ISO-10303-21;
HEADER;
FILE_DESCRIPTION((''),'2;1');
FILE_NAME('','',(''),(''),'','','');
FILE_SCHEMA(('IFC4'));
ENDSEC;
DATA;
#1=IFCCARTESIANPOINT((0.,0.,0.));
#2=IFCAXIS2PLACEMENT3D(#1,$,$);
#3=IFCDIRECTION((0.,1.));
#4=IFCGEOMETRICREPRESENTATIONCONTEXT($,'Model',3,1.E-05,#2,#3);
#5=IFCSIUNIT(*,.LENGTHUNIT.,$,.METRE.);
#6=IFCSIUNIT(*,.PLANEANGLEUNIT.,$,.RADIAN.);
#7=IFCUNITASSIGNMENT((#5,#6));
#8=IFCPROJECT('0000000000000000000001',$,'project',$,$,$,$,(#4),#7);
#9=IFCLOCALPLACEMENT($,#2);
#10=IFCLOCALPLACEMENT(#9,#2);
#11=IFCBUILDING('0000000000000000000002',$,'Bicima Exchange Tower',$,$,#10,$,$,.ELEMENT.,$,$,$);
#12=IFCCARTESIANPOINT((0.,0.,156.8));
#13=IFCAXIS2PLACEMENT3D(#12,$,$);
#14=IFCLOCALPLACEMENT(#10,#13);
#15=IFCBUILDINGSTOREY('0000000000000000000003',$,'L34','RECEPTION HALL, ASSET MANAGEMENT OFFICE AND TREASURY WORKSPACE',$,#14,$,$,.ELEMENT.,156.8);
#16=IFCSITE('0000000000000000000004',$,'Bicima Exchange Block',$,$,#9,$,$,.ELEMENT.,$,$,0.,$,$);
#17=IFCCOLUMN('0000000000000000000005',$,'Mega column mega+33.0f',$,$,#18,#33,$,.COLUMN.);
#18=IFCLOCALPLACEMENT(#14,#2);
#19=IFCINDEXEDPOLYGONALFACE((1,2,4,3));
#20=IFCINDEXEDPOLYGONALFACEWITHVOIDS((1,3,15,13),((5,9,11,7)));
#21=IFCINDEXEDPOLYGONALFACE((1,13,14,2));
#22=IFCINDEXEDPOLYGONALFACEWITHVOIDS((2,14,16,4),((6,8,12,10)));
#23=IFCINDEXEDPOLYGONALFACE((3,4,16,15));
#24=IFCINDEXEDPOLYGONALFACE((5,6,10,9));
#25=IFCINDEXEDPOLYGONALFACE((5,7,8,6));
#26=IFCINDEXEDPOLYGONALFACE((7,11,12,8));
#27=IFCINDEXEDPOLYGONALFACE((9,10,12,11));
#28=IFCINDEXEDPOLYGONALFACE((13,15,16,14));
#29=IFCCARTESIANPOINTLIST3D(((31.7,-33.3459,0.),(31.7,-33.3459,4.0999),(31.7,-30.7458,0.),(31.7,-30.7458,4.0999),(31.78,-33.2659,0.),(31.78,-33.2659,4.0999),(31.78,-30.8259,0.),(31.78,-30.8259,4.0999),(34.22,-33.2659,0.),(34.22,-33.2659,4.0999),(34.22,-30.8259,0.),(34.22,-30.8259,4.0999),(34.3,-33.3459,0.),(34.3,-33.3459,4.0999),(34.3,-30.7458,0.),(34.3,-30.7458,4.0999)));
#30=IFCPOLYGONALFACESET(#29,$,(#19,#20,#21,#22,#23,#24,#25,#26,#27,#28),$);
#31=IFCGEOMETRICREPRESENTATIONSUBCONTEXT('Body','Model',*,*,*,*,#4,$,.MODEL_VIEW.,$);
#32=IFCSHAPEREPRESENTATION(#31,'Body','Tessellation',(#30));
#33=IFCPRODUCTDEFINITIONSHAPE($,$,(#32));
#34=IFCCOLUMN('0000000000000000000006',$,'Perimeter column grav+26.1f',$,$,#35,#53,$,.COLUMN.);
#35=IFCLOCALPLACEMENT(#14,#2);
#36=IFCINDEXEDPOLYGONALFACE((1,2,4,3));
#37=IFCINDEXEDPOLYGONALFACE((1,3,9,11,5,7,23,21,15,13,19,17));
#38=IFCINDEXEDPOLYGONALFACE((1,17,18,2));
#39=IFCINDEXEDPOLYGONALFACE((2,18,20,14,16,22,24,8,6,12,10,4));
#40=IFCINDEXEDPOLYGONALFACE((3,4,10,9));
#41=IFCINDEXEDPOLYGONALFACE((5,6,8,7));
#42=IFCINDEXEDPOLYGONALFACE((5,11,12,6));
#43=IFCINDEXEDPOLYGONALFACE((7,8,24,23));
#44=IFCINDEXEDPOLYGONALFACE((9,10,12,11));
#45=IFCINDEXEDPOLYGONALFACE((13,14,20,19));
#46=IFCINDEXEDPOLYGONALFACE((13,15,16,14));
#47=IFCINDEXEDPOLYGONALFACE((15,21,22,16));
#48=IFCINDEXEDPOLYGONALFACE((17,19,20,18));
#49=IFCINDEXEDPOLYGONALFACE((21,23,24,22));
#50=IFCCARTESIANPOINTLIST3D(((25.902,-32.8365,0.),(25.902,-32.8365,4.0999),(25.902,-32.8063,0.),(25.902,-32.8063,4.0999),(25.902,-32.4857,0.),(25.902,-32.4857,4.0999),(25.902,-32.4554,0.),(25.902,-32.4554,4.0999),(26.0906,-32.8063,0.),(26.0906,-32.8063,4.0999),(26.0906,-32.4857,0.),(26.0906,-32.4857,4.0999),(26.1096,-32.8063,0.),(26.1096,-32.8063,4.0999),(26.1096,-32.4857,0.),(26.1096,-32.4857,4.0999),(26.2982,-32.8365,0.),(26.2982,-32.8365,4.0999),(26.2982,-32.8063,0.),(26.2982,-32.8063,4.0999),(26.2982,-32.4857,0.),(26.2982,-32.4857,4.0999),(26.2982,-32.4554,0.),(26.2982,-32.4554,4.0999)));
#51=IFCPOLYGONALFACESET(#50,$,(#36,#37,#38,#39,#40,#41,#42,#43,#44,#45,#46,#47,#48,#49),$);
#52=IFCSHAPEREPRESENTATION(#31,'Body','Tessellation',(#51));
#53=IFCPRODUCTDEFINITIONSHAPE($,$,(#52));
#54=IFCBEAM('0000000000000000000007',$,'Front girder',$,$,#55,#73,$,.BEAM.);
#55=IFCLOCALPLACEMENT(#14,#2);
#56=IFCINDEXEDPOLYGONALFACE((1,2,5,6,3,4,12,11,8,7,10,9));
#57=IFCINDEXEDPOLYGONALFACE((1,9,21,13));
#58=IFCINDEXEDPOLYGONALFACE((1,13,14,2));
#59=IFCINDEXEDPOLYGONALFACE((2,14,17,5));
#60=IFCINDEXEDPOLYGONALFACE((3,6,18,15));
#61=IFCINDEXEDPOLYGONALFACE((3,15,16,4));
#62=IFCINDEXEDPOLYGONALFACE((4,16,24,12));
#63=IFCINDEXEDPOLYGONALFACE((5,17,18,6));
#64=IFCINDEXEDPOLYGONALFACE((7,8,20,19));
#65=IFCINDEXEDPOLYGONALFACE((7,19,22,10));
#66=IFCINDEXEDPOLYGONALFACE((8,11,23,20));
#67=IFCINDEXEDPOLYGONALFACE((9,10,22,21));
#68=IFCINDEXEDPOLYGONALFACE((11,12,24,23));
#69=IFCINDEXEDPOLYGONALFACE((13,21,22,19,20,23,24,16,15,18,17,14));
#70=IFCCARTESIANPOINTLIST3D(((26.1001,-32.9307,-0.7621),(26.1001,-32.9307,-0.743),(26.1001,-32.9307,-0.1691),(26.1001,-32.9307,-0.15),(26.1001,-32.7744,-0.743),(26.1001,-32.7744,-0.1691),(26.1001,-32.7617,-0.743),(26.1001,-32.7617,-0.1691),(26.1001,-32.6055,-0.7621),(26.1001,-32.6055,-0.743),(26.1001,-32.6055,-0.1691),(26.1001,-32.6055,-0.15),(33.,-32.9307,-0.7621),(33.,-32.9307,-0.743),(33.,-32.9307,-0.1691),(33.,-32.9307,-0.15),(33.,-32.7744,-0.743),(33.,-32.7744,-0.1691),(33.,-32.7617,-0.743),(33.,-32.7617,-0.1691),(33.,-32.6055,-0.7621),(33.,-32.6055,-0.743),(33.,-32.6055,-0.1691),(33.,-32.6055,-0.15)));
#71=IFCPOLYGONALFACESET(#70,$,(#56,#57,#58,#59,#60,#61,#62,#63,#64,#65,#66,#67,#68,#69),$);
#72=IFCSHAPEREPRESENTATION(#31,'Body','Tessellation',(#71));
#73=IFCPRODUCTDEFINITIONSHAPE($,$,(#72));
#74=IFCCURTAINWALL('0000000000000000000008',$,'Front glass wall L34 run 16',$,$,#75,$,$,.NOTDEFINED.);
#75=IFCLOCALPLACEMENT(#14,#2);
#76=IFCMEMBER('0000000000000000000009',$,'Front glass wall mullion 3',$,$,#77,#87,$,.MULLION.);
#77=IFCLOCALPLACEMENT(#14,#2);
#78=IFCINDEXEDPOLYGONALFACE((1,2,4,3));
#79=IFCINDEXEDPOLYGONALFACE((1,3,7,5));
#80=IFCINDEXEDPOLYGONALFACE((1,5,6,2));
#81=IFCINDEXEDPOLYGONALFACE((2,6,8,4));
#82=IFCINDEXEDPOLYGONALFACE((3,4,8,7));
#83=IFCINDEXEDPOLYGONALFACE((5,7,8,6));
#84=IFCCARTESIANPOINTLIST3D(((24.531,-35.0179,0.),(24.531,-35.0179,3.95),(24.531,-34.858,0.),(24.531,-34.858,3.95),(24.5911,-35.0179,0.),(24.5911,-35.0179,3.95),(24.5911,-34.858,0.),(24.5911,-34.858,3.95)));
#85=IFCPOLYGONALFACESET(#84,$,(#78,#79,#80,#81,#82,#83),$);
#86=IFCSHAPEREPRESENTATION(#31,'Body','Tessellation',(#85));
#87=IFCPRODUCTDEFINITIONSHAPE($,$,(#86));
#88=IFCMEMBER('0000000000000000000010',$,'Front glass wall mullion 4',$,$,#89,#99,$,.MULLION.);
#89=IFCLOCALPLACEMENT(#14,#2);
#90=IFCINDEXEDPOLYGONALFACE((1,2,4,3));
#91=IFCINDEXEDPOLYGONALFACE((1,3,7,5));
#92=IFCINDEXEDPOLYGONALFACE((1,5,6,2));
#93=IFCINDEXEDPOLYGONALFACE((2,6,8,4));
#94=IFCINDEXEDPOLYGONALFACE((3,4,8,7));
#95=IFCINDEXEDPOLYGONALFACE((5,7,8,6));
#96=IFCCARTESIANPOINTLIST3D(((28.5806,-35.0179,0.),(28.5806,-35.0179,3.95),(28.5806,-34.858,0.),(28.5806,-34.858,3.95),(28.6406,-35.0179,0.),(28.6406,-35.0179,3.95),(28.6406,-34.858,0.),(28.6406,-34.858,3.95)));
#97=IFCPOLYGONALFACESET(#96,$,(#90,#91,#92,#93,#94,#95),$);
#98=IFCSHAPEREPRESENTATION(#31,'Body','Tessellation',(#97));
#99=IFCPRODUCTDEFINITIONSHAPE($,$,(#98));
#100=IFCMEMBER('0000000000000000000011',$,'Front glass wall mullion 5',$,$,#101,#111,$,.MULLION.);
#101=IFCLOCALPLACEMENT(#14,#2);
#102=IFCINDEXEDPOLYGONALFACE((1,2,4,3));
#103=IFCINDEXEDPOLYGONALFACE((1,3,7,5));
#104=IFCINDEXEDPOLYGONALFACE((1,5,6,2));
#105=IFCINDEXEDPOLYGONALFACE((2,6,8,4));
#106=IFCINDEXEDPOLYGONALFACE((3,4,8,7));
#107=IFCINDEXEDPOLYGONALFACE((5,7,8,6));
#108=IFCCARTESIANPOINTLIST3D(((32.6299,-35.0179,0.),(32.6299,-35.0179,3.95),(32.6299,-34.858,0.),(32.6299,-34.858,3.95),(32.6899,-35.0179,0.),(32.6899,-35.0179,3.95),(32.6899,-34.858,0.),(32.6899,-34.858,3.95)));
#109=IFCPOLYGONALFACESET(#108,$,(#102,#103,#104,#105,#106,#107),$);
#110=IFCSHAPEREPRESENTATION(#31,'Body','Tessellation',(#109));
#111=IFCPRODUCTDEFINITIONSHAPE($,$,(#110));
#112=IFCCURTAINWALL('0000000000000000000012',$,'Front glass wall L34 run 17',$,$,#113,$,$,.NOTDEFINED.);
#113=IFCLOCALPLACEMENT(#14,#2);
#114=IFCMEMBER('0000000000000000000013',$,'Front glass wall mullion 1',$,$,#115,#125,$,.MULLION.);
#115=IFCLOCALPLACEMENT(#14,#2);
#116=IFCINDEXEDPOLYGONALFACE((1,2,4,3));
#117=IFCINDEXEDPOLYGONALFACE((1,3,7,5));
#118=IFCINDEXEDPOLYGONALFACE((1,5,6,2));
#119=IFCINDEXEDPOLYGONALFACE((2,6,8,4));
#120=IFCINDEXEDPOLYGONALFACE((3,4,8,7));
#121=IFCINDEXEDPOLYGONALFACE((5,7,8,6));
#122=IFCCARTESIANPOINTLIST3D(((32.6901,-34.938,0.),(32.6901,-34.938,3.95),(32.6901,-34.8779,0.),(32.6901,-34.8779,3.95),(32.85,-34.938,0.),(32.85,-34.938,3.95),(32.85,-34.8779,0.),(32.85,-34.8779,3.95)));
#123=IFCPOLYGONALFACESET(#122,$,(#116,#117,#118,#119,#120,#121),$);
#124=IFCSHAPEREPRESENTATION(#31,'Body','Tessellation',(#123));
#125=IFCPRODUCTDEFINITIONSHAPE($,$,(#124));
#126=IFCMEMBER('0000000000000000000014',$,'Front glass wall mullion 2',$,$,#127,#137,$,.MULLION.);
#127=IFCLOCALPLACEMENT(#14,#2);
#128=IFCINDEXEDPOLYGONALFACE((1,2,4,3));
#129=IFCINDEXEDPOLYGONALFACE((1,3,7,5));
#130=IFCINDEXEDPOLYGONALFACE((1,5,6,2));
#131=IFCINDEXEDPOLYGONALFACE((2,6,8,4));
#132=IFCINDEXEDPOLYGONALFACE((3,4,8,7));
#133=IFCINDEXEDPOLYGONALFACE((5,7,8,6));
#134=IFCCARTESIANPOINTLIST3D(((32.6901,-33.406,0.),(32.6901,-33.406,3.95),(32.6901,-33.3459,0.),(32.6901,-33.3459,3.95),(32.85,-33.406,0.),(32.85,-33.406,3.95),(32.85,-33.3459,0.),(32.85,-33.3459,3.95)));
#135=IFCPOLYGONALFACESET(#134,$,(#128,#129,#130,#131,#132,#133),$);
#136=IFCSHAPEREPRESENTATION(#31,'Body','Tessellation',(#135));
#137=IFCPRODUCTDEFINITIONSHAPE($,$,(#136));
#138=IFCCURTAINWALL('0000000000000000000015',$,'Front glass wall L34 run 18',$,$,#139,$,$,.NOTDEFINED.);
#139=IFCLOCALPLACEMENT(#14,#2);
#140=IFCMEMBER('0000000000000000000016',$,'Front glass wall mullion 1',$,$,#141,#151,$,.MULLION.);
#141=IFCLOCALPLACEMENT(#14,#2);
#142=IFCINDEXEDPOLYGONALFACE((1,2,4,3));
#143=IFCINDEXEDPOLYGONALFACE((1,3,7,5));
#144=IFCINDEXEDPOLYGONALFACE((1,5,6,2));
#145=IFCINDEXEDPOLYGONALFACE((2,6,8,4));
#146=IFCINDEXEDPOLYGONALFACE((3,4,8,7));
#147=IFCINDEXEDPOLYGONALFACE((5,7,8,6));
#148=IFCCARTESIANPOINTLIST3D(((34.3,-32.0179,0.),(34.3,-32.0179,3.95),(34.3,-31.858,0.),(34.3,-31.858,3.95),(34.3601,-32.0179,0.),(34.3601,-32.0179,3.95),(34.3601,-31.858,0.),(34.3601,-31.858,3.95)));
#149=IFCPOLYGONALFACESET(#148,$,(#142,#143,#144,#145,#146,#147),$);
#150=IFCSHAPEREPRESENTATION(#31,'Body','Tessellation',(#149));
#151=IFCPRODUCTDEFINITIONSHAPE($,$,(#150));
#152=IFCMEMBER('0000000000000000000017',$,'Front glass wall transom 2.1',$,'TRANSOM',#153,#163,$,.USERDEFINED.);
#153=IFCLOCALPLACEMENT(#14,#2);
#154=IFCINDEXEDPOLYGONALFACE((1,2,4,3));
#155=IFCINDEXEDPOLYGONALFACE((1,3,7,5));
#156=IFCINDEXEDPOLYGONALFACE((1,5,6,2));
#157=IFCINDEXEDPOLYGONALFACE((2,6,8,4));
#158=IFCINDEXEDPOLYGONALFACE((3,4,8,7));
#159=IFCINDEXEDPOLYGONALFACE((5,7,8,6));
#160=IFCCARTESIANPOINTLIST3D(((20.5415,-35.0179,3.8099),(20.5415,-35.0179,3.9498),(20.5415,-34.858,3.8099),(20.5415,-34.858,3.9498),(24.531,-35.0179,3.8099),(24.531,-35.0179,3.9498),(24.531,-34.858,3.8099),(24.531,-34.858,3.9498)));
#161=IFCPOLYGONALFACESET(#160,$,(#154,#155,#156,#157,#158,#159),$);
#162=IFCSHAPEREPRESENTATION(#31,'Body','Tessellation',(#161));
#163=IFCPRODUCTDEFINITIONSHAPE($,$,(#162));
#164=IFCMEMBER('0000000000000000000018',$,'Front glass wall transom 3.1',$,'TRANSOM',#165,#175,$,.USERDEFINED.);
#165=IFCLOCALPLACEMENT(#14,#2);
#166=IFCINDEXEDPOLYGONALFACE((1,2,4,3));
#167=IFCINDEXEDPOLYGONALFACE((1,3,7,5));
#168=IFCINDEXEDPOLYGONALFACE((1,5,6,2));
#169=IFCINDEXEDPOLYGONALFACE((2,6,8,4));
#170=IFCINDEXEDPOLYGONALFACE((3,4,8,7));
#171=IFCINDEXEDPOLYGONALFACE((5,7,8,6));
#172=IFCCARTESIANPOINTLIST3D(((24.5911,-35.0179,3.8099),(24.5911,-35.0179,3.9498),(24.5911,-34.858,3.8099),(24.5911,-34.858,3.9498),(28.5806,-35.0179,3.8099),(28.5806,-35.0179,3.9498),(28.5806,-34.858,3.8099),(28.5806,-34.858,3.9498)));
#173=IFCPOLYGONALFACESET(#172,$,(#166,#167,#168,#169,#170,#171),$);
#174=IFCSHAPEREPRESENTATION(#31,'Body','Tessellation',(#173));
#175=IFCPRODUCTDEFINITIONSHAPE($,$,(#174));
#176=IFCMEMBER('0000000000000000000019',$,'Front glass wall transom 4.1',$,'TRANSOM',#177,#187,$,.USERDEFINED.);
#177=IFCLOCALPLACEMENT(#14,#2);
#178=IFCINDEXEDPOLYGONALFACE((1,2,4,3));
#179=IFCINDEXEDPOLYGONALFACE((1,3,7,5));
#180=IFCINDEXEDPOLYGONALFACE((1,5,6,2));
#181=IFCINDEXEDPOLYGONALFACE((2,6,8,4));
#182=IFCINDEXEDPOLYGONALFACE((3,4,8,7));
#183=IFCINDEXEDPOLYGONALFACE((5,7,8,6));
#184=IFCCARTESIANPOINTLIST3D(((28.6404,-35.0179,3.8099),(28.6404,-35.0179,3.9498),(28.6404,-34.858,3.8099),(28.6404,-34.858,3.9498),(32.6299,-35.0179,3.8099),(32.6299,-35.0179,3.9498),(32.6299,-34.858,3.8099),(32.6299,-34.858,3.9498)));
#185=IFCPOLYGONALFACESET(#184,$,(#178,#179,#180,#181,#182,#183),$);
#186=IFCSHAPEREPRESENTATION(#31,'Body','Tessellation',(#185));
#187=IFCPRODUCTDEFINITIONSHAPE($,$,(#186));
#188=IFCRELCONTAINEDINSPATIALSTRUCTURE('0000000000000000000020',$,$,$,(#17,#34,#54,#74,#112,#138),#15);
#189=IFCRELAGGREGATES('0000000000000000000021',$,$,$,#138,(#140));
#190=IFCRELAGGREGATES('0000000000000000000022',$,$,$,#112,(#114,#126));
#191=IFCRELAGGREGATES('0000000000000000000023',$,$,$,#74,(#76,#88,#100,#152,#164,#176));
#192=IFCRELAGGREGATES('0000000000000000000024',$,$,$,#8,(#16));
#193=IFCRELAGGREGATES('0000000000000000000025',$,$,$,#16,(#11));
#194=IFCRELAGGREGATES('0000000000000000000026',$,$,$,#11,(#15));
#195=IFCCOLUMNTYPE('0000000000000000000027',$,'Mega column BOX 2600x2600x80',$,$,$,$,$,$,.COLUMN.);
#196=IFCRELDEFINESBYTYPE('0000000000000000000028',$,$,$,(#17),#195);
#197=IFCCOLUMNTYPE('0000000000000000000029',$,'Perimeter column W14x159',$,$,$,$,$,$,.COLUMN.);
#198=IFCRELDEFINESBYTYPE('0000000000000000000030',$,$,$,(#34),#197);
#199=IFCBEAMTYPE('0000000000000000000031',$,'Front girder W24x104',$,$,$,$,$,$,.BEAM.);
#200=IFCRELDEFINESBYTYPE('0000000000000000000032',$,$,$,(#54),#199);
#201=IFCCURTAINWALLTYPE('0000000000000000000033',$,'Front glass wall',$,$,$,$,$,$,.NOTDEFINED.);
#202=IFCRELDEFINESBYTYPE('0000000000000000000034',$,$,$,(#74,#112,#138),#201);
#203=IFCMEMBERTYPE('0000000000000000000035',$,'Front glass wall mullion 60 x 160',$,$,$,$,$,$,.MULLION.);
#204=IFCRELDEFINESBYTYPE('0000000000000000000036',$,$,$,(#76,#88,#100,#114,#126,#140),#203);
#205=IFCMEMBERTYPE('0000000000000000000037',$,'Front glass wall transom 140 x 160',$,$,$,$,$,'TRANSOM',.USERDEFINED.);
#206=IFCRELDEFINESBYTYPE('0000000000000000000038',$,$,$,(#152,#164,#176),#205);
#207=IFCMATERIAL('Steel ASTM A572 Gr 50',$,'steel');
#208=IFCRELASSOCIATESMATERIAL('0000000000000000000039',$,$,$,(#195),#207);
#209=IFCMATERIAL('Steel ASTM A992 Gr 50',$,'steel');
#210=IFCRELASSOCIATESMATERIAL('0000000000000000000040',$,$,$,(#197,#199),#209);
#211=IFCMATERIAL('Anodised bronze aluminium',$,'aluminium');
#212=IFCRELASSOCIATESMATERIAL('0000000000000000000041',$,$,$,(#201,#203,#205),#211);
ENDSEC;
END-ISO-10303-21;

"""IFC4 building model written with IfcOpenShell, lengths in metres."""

from ifc_helpers import new_model, si_unit, direction, frame, origin, origin_2d, place, context, subcontext, project, spatial, rectangle, hollow_rectangle, i_section, extrude, material, material_profile, profile_set, type_object, element, aggregate, save


model = new_model("IFC4")

# Units and contexts
model_context = context("Model", 3, precision=1e-05, world=origin(), true_north=direction((0.0, 1.0)))
body_context = subcontext(model_context, "Body", "Model", "MODEL_VIEW")
ifc_project = project(units=[si_unit("LENGTHUNIT", "METRE"), si_unit("PLANEANGLEUNIT", "RADIAN")], contexts=[model_context])

# Site, building, storey
site_placement = place(None, origin())
site = spatial("IfcSite", under=ifc_project, at=site_placement, Name="Bicima Exchange Block", CompositionType="ELEMENT", RefElevation=0.0)
building_placement = place(site_placement, origin())
building = spatial("IfcBuilding", under=site, at=building_placement, Name="Bicima Exchange Tower", CompositionType="ELEMENT")
storey_placement = place(building_placement, frame((0.0, 0.0, 156.8)))
storey = spatial("IfcBuildingStorey", under=building, at=storey_placement, Name="L34", Description="RECEPTION HALL, ASSET MANAGEMENT OFFICE AND TREASURY WORKSPACE", CompositionType="ELEMENT", Elevation=156.8)

# Columns
ifc_material_1 = material(Name="Steel ASTM A572 Gr 50", Category="steel")
ifc_material_profile_1 = material_profile(ifc_material_1, hollow_rectangle(XDim=2.6001, YDim=2.6001, WallThickness=0.0801, at=origin_2d()))
ifc_profile_set_1 = profile_set([ifc_material_profile_1], Name="Steel ASTM A572 Gr 50")
column_type_1 = type_object("IfcColumnType", Name="Mega column BOX 2600x2600x80", PredefinedType="COLUMN", material=ifc_profile_set_1)
column_1_placement = place(storey_placement, frame((33.0, -32.0459, 0.0), z_axis=(0.0, 0.0, 1.0), x_axis=(1.0, 0.0, 0.0)))
element("IfcColumn", 1, at=column_1_placement, inside=storey, type_object=column_type_1, Name="Mega column mega+33.0f", PredefinedType="COLUMN", context=body_context, shape_type="SweptSolid", body=[
    extrude(hollow_rectangle(XDim=2.6001, YDim=2.6001, WallThickness=0.0801, at=origin_2d()), origin(), (0.0, 0.0, 1.0), 4.0999),
])
ifc_material_2 = material(Name="Steel ASTM A992 Gr 50", Category="steel")
ifc_material_profile_2 = material_profile(ifc_material_2, i_section(OverallWidth=0.3962, OverallDepth=0.3811, WebThickness=0.019, FlangeThickness=0.0303, at=origin_2d()))
ifc_profile_set_2 = profile_set([ifc_material_profile_2], Name="Steel ASTM A992 Gr 50")
column_type_2 = type_object("IfcColumnType", Name="Perimeter column W14x159", PredefinedType="COLUMN", material=ifc_profile_set_2)
column_2_placement = place(storey_placement, frame((26.1001, -32.646, 0.0), z_axis=(0.0, 0.0, 1.0), x_axis=(1.0, 0.0, 0.0)))
element("IfcColumn", 2, at=column_2_placement, inside=storey, type_object=column_type_2, Name="Perimeter column grav+26.1f", PredefinedType="COLUMN", context=body_context, shape_type="SweptSolid", body=[
    extrude(i_section(OverallWidth=0.3962, OverallDepth=0.3811, WebThickness=0.019, FlangeThickness=0.0303, at=origin_2d()), origin(), (0.0, 0.0, 1.0), 4.0999),
])

# Beam
ifc_material_profile_3 = material_profile(ifc_material_2, i_section(OverallWidth=0.3252, OverallDepth=0.6121, WebThickness=0.0127, FlangeThickness=0.019, at=origin_2d()))
ifc_profile_set_3 = profile_set([ifc_material_profile_3], Name="Steel ASTM A992 Gr 50")
beam_type = type_object("IfcBeamType", Name="Front girder W24x104", PredefinedType="BEAM", material=ifc_profile_set_3)
beam_placement = place(storey_placement, frame((26.1001, -32.7681, -0.4561), z_axis=(1.0, 0.0, 0.0), x_axis=(0.0, 1.0, 0.0)))
element("IfcBeam", 3, at=beam_placement, inside=storey, type_object=beam_type, Name="Front girder", PredefinedType="BEAM", context=body_context, shape_type="SweptSolid", body=[
    extrude(i_section(OverallWidth=0.3252, OverallDepth=0.6121, WebThickness=0.0127, FlangeThickness=0.019, at=origin_2d()), origin(), (0.0, 0.0, 1.0), 6.8999),
])

# Curtain walls, members
ifc_material_3 = material(Name="Anodised bronze aluminium", Category="aluminium")
curtain_wall_type = type_object("IfcCurtainWallType", Name="Front glass wall", PredefinedType="NOTDEFINED", material=ifc_material_3)
curtain_wall_1_placement = place(storey_placement, origin())
curtain_wall_1 = element("IfcCurtainWall", 4, at=curtain_wall_1_placement, inside=storey, type_object=curtain_wall_type, Name="Front glass wall L34 run 16", PredefinedType="NOTDEFINED")
ifc_material_profile_4 = material_profile(ifc_material_3, rectangle(XDim=0.1599, YDim=0.0601, at=origin_2d()))
ifc_profile_set_4 = profile_set([ifc_material_profile_4], Name="Anodised bronze aluminium")
member_type_1 = type_object("IfcMemberType", Name="Front glass wall mullion 60 x 160", PredefinedType="MULLION", material=ifc_profile_set_4)
member_1_placement = place(storey_placement, frame((24.561, -34.938, 0.0), z_axis=(0.0, 0.0, 1.0), x_axis=(0.0, 1.0, 0.0)))
member_1 = element("IfcMember", 5, at=member_1_placement, type_object=member_type_1, Name="Front glass wall mullion 3", PredefinedType="MULLION", context=body_context, shape_type="SweptSolid", body=[
    extrude(rectangle(XDim=0.1599, YDim=0.0601, at=origin_2d()), origin(), (0.0, 0.0, 1.0), 3.95),
])
member_2_placement = place(storey_placement, frame((28.6106, -34.938, 0.0), z_axis=(0.0, 0.0, 1.0), x_axis=(0.0, 1.0, 0.0)))
member_2 = element("IfcMember", 6, at=member_2_placement, type_object=member_type_1, Name="Front glass wall mullion 4", PredefinedType="MULLION", context=body_context, shape_type="SweptSolid", body=[
    extrude(rectangle(XDim=0.1599, YDim=0.0601, at=origin_2d()), origin(), (0.0, 0.0, 1.0), 3.95),
])
member_3_placement = place(storey_placement, frame((32.6599, -34.938, 0.0), z_axis=(0.0, 0.0, 1.0), x_axis=(0.0, 1.0, 0.0)))
member_3 = element("IfcMember", 7, at=member_3_placement, type_object=member_type_1, Name="Front glass wall mullion 5", PredefinedType="MULLION", context=body_context, shape_type="SweptSolid", body=[
    extrude(rectangle(XDim=0.1599, YDim=0.0601, at=origin_2d()), origin(), (0.0, 0.0, 1.0), 3.95),
])
curtain_wall_2_placement = place(storey_placement, origin())
curtain_wall_2 = element("IfcCurtainWall", 8, at=curtain_wall_2_placement, inside=storey, type_object=curtain_wall_type, Name="Front glass wall L34 run 17", PredefinedType="NOTDEFINED")
member_4_placement = place(storey_placement, frame((32.77, -34.908, 0.0), z_axis=(0.0, 0.0, 1.0), x_axis=(-1.0, 0.0, 0.0)))
member_4 = element("IfcMember", 9, at=member_4_placement, type_object=member_type_1, Name="Front glass wall mullion 1", PredefinedType="MULLION", context=body_context, shape_type="SweptSolid", body=[
    extrude(rectangle(XDim=0.1599, YDim=0.0601, at=origin_2d()), origin(), (0.0, 0.0, 1.0), 3.95),
])
member_5_placement = place(storey_placement, frame((32.77, -33.376, 0.0), z_axis=(0.0, 0.0, 1.0), x_axis=(-1.0, 0.0, 0.0)))
member_5 = element("IfcMember", 10, at=member_5_placement, type_object=member_type_1, Name="Front glass wall mullion 2", PredefinedType="MULLION", context=body_context, shape_type="SweptSolid", body=[
    extrude(rectangle(XDim=0.1599, YDim=0.0601, at=origin_2d()), origin(), (0.0, 0.0, 1.0), 3.95),
])

# Curtain wall, member
curtain_wall_3_placement = place(storey_placement, origin())
curtain_wall_3 = element("IfcCurtainWall", 11, at=curtain_wall_3_placement, inside=storey, type_object=curtain_wall_type, Name="Front glass wall L34 run 18", PredefinedType="NOTDEFINED")
member_6_placement = place(storey_placement, frame((34.3301, -31.938, 0.0), z_axis=(0.0, 0.0, 1.0), x_axis=(0.0, 1.0, 0.0)))
member_6 = element("IfcMember", 12, at=member_6_placement, type_object=member_type_1, Name="Front glass wall mullion 1", PredefinedType="MULLION", context=body_context, shape_type="SweptSolid", body=[
    extrude(rectangle(XDim=0.1599, YDim=0.0601, at=origin_2d()), origin(), (0.0, 0.0, 1.0), 3.95),
])

# Members
ifc_material_profile_5 = material_profile(ifc_material_3, rectangle(XDim=0.1599, YDim=0.1399, at=origin_2d()))
ifc_profile_set_5 = profile_set([ifc_material_profile_5], Name="Anodised bronze aluminium")
member_type_2 = type_object("IfcMemberType", Name="Front glass wall transom 140 x 160", ElementType="TRANSOM", PredefinedType="USERDEFINED", material=ifc_profile_set_5)
member_7_placement = place(storey_placement, frame((20.5415, -34.938, 3.8799), z_axis=(1.0, 0.0, 0.0), x_axis=(0.0, 1.0, 0.0)))
member_7 = element("IfcMember", 13, at=member_7_placement, type_object=member_type_2, Name="Front glass wall transom 2.1", ObjectType="TRANSOM", PredefinedType="USERDEFINED", context=body_context, shape_type="SweptSolid", body=[
    extrude(rectangle(XDim=0.1599, YDim=0.1399, at=origin_2d()), origin(), (0.0, 0.0, 1.0), 3.9895),
])
member_8_placement = place(storey_placement, frame((24.5911, -34.938, 3.8799), z_axis=(1.0, 0.0, 0.0), x_axis=(0.0, 1.0, 0.0)))
member_8 = element("IfcMember", 14, at=member_8_placement, type_object=member_type_2, Name="Front glass wall transom 3.1", ObjectType="TRANSOM", PredefinedType="USERDEFINED", context=body_context, shape_type="SweptSolid", body=[
    extrude(rectangle(XDim=0.1599, YDim=0.1399, at=origin_2d()), origin(), (0.0, 0.0, 1.0), 3.9895),
])
member_9_placement = place(storey_placement, frame((28.6404, -34.938, 3.8799), z_axis=(1.0, 0.0, 0.0), x_axis=(0.0, 1.0, 0.0)))
member_9 = element("IfcMember", 15, at=member_9_placement, type_object=member_type_2, Name="Front glass wall transom 4.1", ObjectType="TRANSOM", PredefinedType="USERDEFINED", context=body_context, shape_type="SweptSolid", body=[
    extrude(rectangle(XDim=0.1599, YDim=0.1399, at=origin_2d()), origin(), (0.0, 0.0, 1.0), 3.9895),
])
aggregate(curtain_wall_3, [member_6])

aggregate(curtain_wall_2, [member_4, member_5])
aggregate(curtain_wall_1, [member_1, member_2, member_3, member_7, member_8, member_9])

save(model, "model.ifc")
